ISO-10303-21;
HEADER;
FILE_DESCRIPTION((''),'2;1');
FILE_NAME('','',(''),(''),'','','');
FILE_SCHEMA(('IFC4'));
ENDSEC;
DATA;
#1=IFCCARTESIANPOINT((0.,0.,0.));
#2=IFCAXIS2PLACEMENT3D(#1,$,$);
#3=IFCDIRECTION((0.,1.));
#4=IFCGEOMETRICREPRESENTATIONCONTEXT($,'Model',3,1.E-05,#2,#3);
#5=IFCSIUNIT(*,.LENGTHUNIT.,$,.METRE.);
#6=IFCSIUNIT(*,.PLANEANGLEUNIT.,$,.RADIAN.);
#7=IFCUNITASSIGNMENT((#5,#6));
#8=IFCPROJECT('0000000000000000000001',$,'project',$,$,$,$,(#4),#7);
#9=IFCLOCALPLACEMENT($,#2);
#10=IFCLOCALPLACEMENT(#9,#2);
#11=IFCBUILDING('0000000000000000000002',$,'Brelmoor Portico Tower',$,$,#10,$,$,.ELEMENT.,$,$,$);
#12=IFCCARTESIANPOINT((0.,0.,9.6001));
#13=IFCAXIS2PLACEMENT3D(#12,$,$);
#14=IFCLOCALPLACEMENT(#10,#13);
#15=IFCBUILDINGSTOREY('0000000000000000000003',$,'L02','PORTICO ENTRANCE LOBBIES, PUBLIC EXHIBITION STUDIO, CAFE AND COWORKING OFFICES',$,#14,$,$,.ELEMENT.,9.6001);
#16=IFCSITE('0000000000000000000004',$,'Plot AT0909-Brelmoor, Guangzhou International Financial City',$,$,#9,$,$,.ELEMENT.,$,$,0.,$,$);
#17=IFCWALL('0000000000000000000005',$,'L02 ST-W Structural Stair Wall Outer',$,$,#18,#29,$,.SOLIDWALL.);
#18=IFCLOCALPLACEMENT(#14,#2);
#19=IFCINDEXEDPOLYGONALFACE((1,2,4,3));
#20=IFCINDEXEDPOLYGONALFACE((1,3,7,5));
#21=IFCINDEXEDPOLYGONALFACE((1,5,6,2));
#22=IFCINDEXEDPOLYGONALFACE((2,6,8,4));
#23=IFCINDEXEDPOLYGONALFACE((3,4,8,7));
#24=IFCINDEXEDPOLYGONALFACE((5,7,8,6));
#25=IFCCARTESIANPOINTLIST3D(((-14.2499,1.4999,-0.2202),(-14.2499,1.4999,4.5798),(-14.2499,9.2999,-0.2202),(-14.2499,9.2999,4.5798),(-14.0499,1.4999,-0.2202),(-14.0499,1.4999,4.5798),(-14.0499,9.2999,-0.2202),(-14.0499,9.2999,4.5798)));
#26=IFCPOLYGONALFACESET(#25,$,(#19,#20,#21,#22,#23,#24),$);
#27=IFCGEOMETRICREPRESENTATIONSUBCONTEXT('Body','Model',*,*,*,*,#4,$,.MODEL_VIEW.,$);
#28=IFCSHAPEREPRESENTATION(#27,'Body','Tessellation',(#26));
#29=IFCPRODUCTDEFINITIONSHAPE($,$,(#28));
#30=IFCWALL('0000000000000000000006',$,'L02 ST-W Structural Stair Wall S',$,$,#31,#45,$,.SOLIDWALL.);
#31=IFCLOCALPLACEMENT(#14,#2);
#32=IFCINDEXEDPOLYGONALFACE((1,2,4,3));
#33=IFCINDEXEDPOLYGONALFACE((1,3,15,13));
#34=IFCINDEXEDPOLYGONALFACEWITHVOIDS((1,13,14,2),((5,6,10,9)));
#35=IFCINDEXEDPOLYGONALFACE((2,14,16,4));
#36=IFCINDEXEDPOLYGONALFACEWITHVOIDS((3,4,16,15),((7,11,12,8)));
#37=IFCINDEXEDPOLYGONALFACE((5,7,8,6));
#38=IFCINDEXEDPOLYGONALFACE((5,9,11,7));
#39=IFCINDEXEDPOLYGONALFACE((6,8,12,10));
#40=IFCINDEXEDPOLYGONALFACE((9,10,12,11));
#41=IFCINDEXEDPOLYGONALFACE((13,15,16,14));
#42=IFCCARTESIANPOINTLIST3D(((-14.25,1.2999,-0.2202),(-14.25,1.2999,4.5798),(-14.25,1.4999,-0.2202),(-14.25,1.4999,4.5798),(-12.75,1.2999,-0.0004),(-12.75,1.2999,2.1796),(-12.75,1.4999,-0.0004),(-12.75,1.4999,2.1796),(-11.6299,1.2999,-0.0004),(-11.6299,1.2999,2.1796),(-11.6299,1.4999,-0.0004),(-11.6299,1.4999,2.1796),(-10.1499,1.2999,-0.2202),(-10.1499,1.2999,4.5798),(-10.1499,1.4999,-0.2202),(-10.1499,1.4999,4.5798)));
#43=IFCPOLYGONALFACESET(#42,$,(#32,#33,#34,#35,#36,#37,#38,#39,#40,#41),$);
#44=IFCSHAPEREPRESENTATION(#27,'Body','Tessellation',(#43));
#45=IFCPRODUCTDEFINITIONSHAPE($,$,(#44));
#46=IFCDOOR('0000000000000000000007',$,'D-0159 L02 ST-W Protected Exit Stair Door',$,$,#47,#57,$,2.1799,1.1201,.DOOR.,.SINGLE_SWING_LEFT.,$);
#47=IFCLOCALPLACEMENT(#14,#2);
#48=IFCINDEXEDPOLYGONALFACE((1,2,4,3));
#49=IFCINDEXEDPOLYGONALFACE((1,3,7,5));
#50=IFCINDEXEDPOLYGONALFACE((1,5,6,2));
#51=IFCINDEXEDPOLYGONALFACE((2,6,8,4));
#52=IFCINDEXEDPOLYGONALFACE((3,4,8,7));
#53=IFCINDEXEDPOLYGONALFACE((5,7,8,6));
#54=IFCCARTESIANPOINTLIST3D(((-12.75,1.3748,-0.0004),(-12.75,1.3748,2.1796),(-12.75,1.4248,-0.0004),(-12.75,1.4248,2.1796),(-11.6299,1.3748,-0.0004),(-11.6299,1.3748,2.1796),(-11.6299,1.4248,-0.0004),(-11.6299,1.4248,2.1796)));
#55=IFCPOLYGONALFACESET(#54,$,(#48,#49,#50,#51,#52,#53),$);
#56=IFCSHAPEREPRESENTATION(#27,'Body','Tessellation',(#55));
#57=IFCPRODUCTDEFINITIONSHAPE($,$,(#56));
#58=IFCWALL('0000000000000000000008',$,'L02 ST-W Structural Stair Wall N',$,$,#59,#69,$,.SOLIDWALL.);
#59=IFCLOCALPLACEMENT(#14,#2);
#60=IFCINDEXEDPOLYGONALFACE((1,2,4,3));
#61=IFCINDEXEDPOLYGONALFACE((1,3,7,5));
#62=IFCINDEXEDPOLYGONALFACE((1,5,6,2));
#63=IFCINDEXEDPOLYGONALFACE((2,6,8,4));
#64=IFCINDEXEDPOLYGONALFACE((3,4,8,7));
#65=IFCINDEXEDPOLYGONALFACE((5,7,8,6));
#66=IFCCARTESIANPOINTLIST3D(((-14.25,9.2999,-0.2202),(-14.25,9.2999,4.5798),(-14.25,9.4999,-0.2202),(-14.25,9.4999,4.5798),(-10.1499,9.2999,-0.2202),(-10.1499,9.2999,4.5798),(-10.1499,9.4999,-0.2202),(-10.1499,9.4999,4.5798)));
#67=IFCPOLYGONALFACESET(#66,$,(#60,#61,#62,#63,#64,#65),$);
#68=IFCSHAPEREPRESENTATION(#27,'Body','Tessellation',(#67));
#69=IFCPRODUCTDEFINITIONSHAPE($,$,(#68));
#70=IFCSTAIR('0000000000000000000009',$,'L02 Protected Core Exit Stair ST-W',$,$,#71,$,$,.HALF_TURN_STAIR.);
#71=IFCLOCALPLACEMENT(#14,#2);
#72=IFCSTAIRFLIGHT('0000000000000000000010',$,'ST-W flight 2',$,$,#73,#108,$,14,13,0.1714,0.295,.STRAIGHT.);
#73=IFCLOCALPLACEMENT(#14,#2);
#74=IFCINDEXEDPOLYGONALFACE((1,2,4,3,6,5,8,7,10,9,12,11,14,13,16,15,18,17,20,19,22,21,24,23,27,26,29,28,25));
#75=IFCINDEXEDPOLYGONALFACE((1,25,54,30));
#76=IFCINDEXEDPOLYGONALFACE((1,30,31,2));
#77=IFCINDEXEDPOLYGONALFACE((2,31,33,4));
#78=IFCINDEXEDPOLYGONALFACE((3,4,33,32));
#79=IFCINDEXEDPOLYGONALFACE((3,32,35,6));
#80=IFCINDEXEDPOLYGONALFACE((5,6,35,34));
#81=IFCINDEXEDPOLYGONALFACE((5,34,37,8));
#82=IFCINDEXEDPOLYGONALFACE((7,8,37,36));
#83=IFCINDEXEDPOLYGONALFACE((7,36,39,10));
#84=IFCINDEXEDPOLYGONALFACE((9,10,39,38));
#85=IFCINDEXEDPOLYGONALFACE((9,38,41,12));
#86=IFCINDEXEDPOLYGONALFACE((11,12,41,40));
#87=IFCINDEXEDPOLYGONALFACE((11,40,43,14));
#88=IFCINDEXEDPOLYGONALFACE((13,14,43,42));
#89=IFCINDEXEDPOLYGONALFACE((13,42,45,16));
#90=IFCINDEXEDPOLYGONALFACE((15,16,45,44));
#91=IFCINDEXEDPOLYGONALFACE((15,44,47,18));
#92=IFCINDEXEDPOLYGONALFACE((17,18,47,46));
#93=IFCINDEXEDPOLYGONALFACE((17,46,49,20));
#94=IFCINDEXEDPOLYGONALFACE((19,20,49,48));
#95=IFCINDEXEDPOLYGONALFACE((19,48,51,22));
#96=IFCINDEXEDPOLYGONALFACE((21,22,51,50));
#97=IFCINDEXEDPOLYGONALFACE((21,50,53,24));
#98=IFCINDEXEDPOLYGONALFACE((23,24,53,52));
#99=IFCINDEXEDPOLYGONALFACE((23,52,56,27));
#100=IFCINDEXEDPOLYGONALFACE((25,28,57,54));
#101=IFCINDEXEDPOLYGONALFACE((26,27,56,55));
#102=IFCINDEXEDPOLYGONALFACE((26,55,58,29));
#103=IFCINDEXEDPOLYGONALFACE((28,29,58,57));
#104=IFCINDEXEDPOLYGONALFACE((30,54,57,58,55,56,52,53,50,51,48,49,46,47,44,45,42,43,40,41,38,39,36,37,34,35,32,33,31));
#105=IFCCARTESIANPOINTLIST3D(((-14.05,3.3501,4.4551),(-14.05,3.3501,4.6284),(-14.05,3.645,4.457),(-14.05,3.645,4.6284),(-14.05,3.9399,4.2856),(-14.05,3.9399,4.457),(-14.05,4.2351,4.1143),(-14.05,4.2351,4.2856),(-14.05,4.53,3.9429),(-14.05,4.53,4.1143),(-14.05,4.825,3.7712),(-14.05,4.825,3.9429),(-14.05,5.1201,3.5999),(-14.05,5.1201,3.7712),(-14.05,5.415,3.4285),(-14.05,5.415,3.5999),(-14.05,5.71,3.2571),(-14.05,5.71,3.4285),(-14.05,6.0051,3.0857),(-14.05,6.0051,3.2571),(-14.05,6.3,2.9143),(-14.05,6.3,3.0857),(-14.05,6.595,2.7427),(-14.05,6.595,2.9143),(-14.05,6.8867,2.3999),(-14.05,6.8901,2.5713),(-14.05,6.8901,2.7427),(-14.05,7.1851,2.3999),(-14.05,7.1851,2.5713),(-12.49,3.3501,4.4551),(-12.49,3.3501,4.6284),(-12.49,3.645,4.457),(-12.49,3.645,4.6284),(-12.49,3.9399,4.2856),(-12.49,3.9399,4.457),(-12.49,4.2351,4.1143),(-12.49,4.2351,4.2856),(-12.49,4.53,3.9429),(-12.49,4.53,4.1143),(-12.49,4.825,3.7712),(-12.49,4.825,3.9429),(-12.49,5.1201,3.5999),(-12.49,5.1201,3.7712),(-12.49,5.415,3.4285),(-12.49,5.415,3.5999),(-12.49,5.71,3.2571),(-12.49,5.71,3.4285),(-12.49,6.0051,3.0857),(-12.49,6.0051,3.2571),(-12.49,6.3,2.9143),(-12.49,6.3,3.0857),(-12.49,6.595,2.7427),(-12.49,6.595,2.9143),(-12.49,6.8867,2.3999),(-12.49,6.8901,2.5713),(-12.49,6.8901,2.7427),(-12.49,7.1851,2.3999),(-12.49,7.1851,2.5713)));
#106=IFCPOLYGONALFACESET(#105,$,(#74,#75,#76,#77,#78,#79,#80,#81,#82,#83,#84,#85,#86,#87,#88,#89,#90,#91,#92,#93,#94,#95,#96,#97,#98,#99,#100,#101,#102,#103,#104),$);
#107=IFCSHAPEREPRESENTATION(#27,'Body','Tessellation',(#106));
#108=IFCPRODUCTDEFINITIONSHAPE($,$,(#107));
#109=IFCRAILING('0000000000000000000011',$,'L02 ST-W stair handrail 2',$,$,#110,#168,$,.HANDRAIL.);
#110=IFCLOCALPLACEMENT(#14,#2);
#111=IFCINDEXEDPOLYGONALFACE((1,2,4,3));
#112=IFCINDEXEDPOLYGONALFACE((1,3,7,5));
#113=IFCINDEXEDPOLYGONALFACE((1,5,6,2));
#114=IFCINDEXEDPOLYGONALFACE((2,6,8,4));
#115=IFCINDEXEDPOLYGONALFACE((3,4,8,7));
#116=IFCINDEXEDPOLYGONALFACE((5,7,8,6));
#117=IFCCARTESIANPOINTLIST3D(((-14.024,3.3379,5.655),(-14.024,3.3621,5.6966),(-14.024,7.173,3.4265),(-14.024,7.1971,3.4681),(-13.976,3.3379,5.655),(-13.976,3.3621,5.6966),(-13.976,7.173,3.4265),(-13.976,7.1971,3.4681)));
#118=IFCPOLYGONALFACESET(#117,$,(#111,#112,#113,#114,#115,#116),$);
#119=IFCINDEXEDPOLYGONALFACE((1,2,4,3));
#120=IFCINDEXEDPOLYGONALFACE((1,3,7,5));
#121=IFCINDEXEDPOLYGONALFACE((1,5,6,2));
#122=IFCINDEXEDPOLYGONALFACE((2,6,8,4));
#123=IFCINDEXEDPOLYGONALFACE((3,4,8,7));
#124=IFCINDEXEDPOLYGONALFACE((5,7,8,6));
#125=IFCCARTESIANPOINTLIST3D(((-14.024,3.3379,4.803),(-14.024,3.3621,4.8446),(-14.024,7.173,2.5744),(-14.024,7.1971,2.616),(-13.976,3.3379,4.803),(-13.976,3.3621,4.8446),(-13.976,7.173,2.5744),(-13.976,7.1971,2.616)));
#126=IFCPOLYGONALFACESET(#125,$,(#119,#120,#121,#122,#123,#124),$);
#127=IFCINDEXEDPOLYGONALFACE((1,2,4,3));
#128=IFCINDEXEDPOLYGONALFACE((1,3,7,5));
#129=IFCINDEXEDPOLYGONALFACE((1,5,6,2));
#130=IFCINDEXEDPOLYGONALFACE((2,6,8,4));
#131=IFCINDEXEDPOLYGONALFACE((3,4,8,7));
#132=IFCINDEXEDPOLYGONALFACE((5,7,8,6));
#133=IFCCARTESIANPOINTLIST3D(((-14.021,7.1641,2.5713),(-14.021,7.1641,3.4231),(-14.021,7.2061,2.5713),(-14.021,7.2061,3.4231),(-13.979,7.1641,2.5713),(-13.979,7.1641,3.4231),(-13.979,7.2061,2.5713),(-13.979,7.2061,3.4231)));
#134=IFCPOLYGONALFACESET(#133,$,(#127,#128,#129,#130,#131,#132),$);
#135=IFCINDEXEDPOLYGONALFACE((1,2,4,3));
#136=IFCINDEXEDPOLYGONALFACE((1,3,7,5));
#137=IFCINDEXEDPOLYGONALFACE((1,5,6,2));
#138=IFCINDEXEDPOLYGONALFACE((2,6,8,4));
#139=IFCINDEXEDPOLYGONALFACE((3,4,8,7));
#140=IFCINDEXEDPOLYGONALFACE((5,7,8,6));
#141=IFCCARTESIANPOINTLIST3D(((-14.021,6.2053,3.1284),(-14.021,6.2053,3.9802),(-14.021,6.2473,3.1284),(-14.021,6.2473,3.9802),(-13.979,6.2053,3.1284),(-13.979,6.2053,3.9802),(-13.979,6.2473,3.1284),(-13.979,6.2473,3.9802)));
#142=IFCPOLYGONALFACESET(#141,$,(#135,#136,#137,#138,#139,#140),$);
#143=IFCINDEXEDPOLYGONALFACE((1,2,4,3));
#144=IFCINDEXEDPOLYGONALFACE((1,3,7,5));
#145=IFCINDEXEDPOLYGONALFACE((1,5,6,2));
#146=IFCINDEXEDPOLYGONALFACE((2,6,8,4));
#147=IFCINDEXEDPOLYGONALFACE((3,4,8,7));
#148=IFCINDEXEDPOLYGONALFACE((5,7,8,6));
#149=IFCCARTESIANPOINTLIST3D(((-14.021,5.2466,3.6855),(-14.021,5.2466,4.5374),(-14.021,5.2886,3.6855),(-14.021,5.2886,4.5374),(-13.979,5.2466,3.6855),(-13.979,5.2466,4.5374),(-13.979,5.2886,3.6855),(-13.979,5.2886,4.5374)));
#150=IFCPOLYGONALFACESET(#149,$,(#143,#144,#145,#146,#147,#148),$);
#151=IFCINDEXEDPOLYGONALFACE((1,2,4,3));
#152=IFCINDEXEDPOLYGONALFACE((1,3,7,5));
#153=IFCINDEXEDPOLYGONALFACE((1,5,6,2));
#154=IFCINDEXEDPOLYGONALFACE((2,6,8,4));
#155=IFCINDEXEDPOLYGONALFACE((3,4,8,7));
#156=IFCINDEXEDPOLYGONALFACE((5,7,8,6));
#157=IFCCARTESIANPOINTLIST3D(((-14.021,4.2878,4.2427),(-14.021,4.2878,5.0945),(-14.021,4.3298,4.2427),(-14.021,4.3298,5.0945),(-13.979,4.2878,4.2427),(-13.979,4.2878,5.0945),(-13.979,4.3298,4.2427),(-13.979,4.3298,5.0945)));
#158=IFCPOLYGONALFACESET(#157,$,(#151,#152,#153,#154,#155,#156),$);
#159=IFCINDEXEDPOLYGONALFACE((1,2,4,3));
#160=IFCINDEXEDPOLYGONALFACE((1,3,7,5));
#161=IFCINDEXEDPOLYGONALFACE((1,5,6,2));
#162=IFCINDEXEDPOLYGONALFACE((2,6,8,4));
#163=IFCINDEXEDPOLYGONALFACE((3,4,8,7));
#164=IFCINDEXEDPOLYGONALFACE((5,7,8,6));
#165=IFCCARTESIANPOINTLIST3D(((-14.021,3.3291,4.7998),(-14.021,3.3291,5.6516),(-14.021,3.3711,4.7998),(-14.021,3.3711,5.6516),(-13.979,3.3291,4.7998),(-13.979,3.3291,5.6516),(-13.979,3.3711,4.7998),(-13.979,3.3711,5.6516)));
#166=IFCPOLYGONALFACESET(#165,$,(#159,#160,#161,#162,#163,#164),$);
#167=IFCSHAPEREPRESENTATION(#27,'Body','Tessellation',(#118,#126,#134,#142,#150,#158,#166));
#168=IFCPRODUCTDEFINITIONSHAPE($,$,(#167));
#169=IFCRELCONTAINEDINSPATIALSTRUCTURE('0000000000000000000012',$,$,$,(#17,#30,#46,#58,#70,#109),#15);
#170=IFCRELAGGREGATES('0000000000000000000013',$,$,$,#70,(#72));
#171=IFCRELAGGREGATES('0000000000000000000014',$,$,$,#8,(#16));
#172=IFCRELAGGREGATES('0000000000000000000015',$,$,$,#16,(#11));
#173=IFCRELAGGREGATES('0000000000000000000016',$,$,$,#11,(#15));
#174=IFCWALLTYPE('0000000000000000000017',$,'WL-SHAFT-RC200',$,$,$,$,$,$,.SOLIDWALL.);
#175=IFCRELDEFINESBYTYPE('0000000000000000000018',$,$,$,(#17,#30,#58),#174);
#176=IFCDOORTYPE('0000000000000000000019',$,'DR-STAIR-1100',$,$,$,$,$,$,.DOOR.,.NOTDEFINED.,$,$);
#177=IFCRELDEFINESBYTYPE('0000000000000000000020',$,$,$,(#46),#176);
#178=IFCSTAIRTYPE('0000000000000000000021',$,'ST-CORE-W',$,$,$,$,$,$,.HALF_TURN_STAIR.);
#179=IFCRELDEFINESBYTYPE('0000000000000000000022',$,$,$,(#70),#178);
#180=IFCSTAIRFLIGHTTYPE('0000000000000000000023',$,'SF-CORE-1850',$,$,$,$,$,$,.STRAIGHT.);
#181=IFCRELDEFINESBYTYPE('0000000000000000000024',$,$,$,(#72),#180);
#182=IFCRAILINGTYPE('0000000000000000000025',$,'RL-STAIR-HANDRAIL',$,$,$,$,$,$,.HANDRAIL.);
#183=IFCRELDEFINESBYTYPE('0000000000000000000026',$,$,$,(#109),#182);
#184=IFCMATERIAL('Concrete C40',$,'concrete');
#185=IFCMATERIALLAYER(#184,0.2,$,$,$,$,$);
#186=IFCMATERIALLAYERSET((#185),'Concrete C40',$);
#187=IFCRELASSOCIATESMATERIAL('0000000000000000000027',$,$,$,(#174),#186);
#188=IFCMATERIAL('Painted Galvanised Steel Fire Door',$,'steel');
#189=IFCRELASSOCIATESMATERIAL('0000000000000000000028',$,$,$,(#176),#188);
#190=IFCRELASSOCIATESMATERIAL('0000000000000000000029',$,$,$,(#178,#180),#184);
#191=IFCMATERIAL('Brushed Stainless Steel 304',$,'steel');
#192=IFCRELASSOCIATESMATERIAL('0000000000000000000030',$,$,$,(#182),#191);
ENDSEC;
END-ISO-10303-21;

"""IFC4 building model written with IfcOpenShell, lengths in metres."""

from ifc_helpers import new_model, si_unit, direction, frame, frame_2d, origin, origin_2d, place, context, subcontext, project, spatial, polyline, rectangle, outline, extrude, material, layer, layer_set, type_object, element, fill, aggregate, save


model = new_model("IFC4")

# Units and contexts
model_context = context("Model", 3, precision=1e-05, world=origin(), true_north=direction((0.0, 1.0)))
body_context = subcontext(model_context, "Body", "Model", "MODEL_VIEW")
ifc_project = project(units=[si_unit("LENGTHUNIT", "METRE"), si_unit("PLANEANGLEUNIT", "RADIAN")], contexts=[model_context])

# Site, building, storey
site_placement = place(None, origin())
site = spatial("IfcSite", under=ifc_project, at=site_placement, Name="Plot AT0909-Brelmoor, Guangzhou International Financial City", CompositionType="ELEMENT", RefElevation=0.0)
building_placement = place(site_placement, origin())
building = spatial("IfcBuilding", under=site, at=building_placement, Name="Brelmoor Portico Tower", CompositionType="ELEMENT")
storey_placement = place(building_placement, frame((0.0, 0.0, 9.6001)))
storey = spatial("IfcBuildingStorey", under=building, at=storey_placement, Name="L02", Description="PORTICO ENTRANCE LOBBIES, PUBLIC EXHIBITION STUDIO, CAFE AND COWORKING OFFICES", CompositionType="ELEMENT", Elevation=9.6001)

# Wall
ifc_material_1 = material(Name="Concrete C40", Category="concrete")
ifc_layer_1 = layer(ifc_material_1, 0.2)
ifc_layer_set_1 = layer_set([ifc_layer_1], Name="Concrete C40")
wall_type_1 = type_object("IfcWallType", Name="WL-SHAFT-RC200", PredefinedType="SOLIDWALL", material=ifc_layer_set_1)
wall_1_placement = place(storey_placement, frame((-14.1499, 1.5, -0.2202), z_axis=(0.0, 0.0, 1.0), x_axis=(0.0, 1.0, 0.0)))
element("IfcWall", 1, at=wall_1_placement, inside=storey, type_object=wall_type_1, Name="L02 ST-W Structural Stair Wall Outer", PredefinedType="SOLIDWALL", context=body_context, shape_type="SweptSolid", body=[
    extrude(rectangle(XDim=7.8, YDim=0.2, at=frame_2d((3.8999, 0.0))), origin(), (0.0, 0.0, 1.0), 4.8),
])

# Wall, opening, door
wall_2_placement = place(storey_placement, frame((-14.25, 1.3999, -0.2202), z_axis=(0.0, 0.0, 1.0), x_axis=(1.0, 0.0, 0.0)))
wall_2 = element("IfcWall", 2, at=wall_2_placement, inside=storey, type_object=wall_type_1, Name="L02 ST-W Structural Stair Wall S", PredefinedType="SOLIDWALL", context=body_context, shape_type="SweptSolid", body=[
    extrude(rectangle(XDim=4.1001, YDim=0.2, at=frame_2d((2.05, 0.0))), origin(), (0.0, 0.0, 1.0), 4.8),
])
opening_1_placement = place(wall_2_placement, frame((1.5, 0.0, 0.22)))
opening_1 = element("IfcOpeningElement", 3, at=opening_1_placement, cuts=wall_2, PredefinedType="OPENING", context=body_context, shape_type="SweptSolid", body=[
    extrude(rectangle(XDim=1.1201, YDim=2.1799, at=frame_2d((0.5601, 1.0898))), frame((0.0, 0.1099, 0.0), z_axis=(0.0, -1.0, 0.0), x_axis=(1.0, 0.0, 0.0)), (0.0, 0.0, 1.0), 0.22),
])
ifc_material_2 = material(Name="Painted Galvanised Steel Fire Door", Category="steel")
door_type_1 = type_object("IfcDoorType", Name="DR-STAIR-1100", OperationType="NOTDEFINED", PredefinedType="DOOR", material=ifc_material_2)
door_1_placement = place(opening_1_placement, origin())
door_1 = element("IfcDoor", 4, at=door_1_placement, inside=storey, type_object=door_type_1, Name="D-0159 L02 ST-W Protected Exit Stair Door", OperationType="SINGLE_SWING_LEFT", OverallHeight=2.1799, OverallWidth=1.1201, PredefinedType="DOOR", context=body_context, shape_type="SweptSolid", body=[
    extrude(rectangle(XDim=1.1201, YDim=2.1799, at=frame_2d((0.5601, 1.0898))), frame((0.0, 0.0249, 0.0), z_axis=(0.0, -1.0, 0.0), x_axis=(1.0, 0.0, 0.0)), (0.0, 0.0, 1.0), 0.05),
])
fill(opening_1, door_1)

# Wall
wall_3_placement = place(storey_placement, frame((-14.25, 9.3999, -0.2202), z_axis=(0.0, 0.0, 1.0), x_axis=(1.0, 0.0, 0.0)))
element("IfcWall", 5, at=wall_3_placement, inside=storey, type_object=wall_type_1, Name="L02 ST-W Structural Stair Wall N", PredefinedType="SOLIDWALL", context=body_context, shape_type="SweptSolid", body=[
    extrude(rectangle(XDim=4.1001, YDim=0.2, at=frame_2d((2.05, 0.0))), origin(), (0.0, 0.0, 1.0), 4.8),
])

# Stair, stair flight
stair_type = type_object("IfcStairType", Name="ST-CORE-W", PredefinedType="HALF_TURN_STAIR", material=ifc_material_1)
stair_placement = place(storey_placement, origin())
stair = element("IfcStair", 6, at=stair_placement, inside=storey, type_object=stair_type, Name="L02 Protected Core Exit Stair ST-W", PredefinedType="HALF_TURN_STAIR")
stair_flight_type = type_object("IfcStairFlightType", Name="SF-CORE-1850", PredefinedType="STRAIGHT", material=ifc_material_1)
stair_flight_placement = place(storey_placement, frame((-13.27, 7.1851, 2.3999), z_axis=(0.0, 0.0, 1.0), x_axis=(0.0, -1.0, 0.0)))
stair_flight = element("IfcStairFlight", 7, at=stair_flight_placement, type_object=stair_flight_type, Name="ST-W flight 2", NumberOfRisers=14, NumberOfTreads=13, PredefinedType="STRAIGHT", RiserHeight=0.1714, TreadLength=0.295, context=body_context, shape_type="SweptSolid", body=[
    extrude(outline(polyline([(0.0, 0.0), (0.0, 0.1714), (0.2949, 0.1714), (0.2949, 0.3428), (0.5901, 0.3428), (0.5901, 0.5144), (0.885, 0.5144), (0.885, 0.6858), (1.1799, 0.6858), (1.1799, 0.8572), (1.4751, 0.8572), (1.4751, 1.0286), (1.77, 1.0286), (1.77, 1.2), (2.0649, 1.2), (2.0649, 1.3713), (2.3601, 1.3713), (2.3601, 1.543), (2.655, 1.543), (2.655, 1.7144), (2.95, 1.7144), (2.95, 1.8857), (3.2451, 1.8857), (3.2451, 2.0571), (3.54, 2.0571), (3.54, 2.2285), (3.835, 2.2285), (3.835, 2.3999), (3.835, 2.0552), (0.2983, 0.0), (0.0, 0.0)])), frame((0.0, 0.78, 0.0), z_axis=(0.0, -1.0, 0.0), x_axis=(1.0, 0.0, 0.0)), (0.0, 0.0, 1.0), 1.5601),
])
aggregate(stair, [stair_flight])

# Railing
ifc_material_3 = material(Name="Brushed Stainless Steel 304", Category="steel")
railing_type = type_object("IfcRailingType", Name="RL-STAIR-HANDRAIL", PredefinedType="HANDRAIL", material=ifc_material_3)
railing_placement = place(storey_placement, frame((-14.0, 7.1851, 2.5713)))
element("IfcRailing", 8, at=railing_placement, inside=storey, type_object=railing_type, Name="L02 ST-W stair handrail 2", PredefinedType="HANDRAIL", context=body_context, shape_type="SweptSolid", body=[
    extrude(rectangle(XDim=0.0481, YDim=0.0481, at=origin_2d()), frame((0.0, 0.0, 0.876), z_axis=(0.0, -0.864616, 0.502433), x_axis=(1.0, 0.0, 0.0)), (0.0, 0.0, 1.0), 4.4355),
    extrude(rectangle(XDim=0.0481, YDim=0.0481, at=origin_2d()), frame((0.0, 0.0, 0.0239), z_axis=(0.0, -0.864616, 0.502433), x_axis=(1.0, 0.0, 0.0)), (0.0, 0.0, 1.0), 4.4355),
    extrude(rectangle(XDim=0.042, YDim=0.042, at=origin_2d()), origin(), (0.0, 0.0, 1.0), 0.8518),
    extrude(rectangle(XDim=0.042, YDim=0.042, at=origin_2d()), frame((0.0, -0.9587, 0.5571)), (0.0, 0.0, 1.0), 0.8518),
    extrude(rectangle(XDim=0.042, YDim=0.042, at=origin_2d()), frame((0.0, -1.9175, 1.1143)), (0.0, 0.0, 1.0), 0.8518),
    extrude(rectangle(XDim=0.042, YDim=0.042, at=origin_2d()), frame((0.0, -2.8762, 1.6714)), (0.0, 0.0, 1.0), 0.8518),
    extrude(rectangle(XDim=0.042, YDim=0.042, at=origin_2d()), frame((0.0, -3.835, 2.2285)), (0.0, 0.0, 1.0), 0.8518),
])

save(model, "model.ifc")
